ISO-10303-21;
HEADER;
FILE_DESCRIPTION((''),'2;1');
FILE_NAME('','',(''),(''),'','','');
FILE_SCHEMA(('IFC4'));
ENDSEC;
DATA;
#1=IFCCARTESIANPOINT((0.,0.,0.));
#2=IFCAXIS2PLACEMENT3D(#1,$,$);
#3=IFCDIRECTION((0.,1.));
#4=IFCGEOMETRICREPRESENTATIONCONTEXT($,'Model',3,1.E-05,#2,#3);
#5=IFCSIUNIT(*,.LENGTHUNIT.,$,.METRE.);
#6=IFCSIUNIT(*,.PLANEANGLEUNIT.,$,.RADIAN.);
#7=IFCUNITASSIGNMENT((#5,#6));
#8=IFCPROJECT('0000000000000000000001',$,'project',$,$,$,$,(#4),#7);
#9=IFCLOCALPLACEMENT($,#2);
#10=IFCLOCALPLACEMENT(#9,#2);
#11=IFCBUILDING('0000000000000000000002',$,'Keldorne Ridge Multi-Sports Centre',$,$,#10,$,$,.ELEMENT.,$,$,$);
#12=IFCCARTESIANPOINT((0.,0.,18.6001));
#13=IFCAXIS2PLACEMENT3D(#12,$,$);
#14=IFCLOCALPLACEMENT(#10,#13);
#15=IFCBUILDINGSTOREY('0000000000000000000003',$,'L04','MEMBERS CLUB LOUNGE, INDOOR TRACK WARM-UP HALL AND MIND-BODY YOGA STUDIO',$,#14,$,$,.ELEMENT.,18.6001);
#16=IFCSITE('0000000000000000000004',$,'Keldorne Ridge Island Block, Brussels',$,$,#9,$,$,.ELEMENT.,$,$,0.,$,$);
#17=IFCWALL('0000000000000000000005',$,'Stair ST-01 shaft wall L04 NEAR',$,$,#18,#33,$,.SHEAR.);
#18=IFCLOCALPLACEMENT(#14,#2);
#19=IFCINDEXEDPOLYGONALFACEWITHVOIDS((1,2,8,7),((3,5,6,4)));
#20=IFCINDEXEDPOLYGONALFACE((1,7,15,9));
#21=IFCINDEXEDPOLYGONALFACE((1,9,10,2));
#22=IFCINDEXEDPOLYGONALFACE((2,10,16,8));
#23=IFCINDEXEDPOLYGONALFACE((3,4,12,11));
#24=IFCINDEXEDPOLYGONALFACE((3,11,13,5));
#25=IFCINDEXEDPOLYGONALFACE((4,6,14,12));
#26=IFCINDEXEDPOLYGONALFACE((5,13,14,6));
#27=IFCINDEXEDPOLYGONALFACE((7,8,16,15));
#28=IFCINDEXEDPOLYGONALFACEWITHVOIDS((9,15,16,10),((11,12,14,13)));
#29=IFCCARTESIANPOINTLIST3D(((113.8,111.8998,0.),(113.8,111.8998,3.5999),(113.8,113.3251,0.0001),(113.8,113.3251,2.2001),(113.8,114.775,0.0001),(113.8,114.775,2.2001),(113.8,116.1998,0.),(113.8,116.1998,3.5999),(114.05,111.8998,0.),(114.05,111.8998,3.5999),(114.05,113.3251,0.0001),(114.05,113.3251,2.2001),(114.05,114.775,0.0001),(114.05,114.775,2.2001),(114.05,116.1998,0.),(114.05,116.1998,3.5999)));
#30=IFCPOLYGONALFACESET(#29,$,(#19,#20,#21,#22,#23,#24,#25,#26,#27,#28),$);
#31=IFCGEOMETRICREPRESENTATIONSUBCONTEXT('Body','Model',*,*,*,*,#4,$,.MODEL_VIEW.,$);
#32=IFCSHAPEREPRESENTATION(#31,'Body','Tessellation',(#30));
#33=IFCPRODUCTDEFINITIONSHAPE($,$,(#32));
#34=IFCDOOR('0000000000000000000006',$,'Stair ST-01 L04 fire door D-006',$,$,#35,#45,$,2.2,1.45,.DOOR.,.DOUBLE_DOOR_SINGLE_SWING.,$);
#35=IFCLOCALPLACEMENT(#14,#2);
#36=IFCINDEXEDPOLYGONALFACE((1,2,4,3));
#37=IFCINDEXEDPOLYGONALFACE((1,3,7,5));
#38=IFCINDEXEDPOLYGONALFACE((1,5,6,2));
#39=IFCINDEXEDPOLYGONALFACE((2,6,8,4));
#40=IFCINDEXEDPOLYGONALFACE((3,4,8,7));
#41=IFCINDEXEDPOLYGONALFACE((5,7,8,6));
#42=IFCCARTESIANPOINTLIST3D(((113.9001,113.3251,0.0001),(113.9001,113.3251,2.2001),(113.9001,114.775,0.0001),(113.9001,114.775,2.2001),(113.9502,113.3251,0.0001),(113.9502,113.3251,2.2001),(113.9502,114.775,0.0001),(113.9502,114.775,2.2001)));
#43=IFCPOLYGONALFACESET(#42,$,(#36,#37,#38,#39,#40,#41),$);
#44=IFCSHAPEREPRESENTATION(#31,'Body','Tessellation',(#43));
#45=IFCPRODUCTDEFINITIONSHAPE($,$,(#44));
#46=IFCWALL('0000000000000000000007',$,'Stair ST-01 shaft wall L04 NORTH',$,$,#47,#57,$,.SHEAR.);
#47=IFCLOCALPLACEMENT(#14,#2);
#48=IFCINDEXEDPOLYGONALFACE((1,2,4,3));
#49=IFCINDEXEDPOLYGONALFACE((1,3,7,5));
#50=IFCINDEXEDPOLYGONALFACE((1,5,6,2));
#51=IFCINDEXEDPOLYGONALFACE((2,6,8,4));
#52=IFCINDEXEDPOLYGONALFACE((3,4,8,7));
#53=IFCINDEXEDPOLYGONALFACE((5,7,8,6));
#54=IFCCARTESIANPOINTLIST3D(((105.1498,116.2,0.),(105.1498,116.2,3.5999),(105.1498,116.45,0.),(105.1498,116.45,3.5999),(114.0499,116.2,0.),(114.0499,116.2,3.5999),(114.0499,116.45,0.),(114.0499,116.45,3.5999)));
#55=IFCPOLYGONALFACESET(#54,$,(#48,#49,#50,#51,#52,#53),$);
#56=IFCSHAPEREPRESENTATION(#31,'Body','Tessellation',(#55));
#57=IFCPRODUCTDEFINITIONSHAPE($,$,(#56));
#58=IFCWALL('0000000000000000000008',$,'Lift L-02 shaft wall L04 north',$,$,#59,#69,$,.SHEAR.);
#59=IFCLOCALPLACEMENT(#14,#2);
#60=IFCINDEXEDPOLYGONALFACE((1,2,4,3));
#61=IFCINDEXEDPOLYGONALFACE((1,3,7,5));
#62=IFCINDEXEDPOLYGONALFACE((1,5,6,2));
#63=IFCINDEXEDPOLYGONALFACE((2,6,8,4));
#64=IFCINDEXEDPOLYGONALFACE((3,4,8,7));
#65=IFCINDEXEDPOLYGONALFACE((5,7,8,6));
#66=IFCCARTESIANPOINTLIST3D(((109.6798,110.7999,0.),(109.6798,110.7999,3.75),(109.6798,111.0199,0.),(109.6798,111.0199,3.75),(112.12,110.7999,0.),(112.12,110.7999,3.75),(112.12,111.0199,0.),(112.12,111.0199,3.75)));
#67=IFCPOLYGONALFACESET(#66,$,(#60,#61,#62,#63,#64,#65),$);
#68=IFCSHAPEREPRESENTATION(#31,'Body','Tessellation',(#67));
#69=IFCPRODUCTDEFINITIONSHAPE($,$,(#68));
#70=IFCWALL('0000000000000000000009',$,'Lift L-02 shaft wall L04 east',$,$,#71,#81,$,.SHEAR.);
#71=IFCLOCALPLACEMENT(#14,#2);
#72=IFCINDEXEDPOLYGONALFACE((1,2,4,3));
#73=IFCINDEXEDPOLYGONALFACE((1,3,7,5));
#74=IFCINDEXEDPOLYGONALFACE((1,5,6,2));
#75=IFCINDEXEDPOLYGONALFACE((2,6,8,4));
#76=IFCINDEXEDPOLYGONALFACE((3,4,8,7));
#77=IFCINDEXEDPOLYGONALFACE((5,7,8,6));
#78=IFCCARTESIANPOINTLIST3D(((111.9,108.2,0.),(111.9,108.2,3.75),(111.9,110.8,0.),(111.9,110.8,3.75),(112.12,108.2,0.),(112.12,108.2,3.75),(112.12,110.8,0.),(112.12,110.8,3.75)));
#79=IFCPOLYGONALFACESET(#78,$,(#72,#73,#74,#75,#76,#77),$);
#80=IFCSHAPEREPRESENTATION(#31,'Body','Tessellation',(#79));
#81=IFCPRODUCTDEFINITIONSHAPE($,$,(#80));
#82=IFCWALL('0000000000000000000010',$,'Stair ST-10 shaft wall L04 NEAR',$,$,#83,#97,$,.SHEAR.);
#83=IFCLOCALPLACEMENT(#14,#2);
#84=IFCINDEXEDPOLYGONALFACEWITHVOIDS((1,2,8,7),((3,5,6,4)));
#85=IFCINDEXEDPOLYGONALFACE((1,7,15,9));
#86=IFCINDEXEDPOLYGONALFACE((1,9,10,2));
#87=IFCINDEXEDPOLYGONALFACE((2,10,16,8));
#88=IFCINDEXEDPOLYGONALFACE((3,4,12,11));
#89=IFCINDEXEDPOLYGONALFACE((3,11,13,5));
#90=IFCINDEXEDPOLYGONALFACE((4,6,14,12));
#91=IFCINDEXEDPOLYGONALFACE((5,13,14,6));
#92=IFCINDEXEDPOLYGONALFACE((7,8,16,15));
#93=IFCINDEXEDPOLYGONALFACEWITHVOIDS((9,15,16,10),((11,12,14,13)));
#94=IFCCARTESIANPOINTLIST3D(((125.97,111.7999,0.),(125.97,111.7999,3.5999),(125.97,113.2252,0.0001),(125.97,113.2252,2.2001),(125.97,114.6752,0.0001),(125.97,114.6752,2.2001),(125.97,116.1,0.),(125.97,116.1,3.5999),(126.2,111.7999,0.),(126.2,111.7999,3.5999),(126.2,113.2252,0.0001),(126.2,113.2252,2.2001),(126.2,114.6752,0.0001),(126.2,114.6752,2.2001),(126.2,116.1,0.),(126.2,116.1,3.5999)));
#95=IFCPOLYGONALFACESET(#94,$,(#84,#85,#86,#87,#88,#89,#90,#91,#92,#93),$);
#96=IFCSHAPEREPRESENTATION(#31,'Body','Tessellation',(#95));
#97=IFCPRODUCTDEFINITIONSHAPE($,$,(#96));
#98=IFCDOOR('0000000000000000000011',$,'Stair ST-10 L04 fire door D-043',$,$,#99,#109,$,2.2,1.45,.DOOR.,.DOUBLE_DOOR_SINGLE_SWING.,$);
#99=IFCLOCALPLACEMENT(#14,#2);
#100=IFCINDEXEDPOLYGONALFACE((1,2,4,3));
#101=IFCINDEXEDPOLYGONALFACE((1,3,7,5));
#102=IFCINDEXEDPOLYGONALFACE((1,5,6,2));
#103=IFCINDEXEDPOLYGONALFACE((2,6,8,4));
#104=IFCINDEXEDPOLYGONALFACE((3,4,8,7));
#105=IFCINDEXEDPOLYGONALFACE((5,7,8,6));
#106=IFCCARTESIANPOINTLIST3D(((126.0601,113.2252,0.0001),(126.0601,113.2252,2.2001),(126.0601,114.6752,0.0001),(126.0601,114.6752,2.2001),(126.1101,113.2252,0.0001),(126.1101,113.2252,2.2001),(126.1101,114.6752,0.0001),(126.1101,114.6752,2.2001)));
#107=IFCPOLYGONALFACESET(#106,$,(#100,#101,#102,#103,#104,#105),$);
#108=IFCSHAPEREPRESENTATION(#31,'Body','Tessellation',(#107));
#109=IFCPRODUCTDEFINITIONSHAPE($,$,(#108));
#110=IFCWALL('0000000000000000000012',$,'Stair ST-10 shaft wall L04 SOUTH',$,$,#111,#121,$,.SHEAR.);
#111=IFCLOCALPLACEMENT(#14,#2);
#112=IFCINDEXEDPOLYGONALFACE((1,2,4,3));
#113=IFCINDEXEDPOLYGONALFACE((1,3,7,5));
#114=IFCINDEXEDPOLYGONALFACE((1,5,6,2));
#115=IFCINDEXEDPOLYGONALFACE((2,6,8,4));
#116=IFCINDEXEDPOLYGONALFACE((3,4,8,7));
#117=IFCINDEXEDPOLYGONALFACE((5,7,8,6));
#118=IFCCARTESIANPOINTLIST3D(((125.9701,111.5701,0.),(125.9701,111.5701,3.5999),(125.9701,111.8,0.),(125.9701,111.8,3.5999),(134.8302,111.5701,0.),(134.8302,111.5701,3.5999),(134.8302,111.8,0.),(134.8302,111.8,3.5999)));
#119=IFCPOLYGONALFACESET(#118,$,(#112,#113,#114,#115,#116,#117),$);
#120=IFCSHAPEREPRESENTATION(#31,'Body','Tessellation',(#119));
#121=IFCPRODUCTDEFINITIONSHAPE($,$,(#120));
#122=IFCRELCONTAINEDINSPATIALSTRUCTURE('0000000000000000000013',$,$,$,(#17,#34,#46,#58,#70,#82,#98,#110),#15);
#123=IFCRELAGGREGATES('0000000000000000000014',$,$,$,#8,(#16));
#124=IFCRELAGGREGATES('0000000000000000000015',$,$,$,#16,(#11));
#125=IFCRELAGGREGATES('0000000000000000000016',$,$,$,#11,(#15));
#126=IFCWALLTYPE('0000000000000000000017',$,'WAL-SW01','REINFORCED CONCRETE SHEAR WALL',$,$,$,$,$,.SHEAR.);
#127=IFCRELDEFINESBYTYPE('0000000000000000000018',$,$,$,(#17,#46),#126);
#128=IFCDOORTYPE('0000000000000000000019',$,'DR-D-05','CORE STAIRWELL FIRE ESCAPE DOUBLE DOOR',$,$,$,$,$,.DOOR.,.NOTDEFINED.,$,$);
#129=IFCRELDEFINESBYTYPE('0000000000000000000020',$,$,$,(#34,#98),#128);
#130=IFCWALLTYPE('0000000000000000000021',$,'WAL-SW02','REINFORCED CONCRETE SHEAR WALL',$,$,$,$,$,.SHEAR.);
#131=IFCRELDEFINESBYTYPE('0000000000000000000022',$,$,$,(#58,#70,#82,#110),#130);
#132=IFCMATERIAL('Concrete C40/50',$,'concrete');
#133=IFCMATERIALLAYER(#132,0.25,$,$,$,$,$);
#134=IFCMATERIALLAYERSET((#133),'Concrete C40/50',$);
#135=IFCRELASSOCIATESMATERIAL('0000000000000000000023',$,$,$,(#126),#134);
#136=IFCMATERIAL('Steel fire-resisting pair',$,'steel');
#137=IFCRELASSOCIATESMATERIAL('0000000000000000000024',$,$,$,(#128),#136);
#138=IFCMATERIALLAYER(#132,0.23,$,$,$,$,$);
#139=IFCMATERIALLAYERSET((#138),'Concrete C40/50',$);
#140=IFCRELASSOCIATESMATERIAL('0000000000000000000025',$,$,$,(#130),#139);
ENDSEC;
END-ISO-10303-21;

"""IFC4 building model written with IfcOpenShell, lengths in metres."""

from ifc_helpers import new_model, si_unit, direction, frame, frame_2d, origin, place, context, subcontext, project, spatial, rectangle, extrude, material, layer, layer_set, type_object, element, fill, save


model = new_model("IFC4")

# Units and contexts
model_context = context("Model", 3, precision=1e-05, world=origin(), true_north=direction((0.0, 1.0)))
body_context = subcontext(model_context, "Body", "Model", "MODEL_VIEW")
ifc_project = project(units=[si_unit("LENGTHUNIT", "METRE"), si_unit("PLANEANGLEUNIT", "RADIAN")], contexts=[model_context])

# Site, building, storey
site_placement = place(None, origin())
site = spatial("IfcSite", under=ifc_project, at=site_placement, Name="Keldorne Ridge Island Block, Brussels", CompositionType="ELEMENT", RefElevation=0.0)
building_placement = place(site_placement, origin())
building = spatial("IfcBuilding", under=site, at=building_placement, Name="Keldorne Ridge Multi-Sports Centre", CompositionType="ELEMENT")
storey_placement = place(building_placement, frame((0.0, 0.0, 18.6001)))
storey = spatial("IfcBuildingStorey", under=building, at=storey_placement, Name="L04", Description="MEMBERS CLUB LOUNGE, INDOOR TRACK WARM-UP HALL AND MIND-BODY YOGA STUDIO", CompositionType="ELEMENT", Elevation=18.6001)

# Wall, opening, door
ifc_material_1 = material(Name="Concrete C40/50", Category="concrete")
ifc_layer_1 = layer(ifc_material_1, 0.25)
ifc_layer_set_1 = layer_set([ifc_layer_1], Name="Concrete C40/50")
wall_type_1 = type_object("IfcWallType", Name="WAL-SW01", Description="REINFORCED CONCRETE SHEAR WALL", PredefinedType="SHEAR", material=ifc_layer_set_1)
wall_1_placement = place(storey_placement, frame((113.925, 111.8999, 0.0), z_axis=(0.0, 0.0, 1.0), x_axis=(0.0, 1.0, 0.0)))
wall_1 = element("IfcWall", 1, at=wall_1_placement, inside=storey, type_object=wall_type_1, Name="Stair ST-01 shaft wall L04 NEAR", PredefinedType="SHEAR", context=body_context, shape_type="SweptSolid", body=[
    extrude(rectangle(XDim=4.3, YDim=0.25, at=frame_2d((2.1499, 0.0))), origin(), (0.0, 0.0, 1.0), 3.5999),
])
opening_1_placement = place(wall_1_placement, frame((1.425, 0.0, 0.0)))
opening_1 = element("IfcOpeningElement", 2, at=opening_1_placement, cuts=wall_1, PredefinedType="OPENING", context=body_context, shape_type="SweptSolid", body=[
    extrude(rectangle(XDim=1.45, YDim=2.2, at=frame_2d((0.7251, 1.1001))), frame((0.0, 0.135, 0.0), z_axis=(0.0, -1.0, 0.0), x_axis=(1.0, 0.0, 0.0)), (0.0, 0.0, 1.0), 0.27),
])
ifc_material_2 = material(Name="Steel fire-resisting pair", Category="steel")
door_type = type_object("IfcDoorType", Name="DR-D-05", Description="CORE STAIRWELL FIRE ESCAPE DOUBLE DOOR", OperationType="NOTDEFINED", PredefinedType="DOOR", material=ifc_material_2)
door_1_placement = place(opening_1_placement, origin())
door_1 = element("IfcDoor", 3, at=door_1_placement, inside=storey, type_object=door_type, Name="Stair ST-01 L04 fire door D-006", OperationType="DOUBLE_DOOR_SINGLE_SWING", OverallHeight=2.2, OverallWidth=1.45, PredefinedType="DOOR", context=body_context, shape_type="SweptSolid", body=[
    extrude(rectangle(XDim=1.45, YDim=2.2, at=frame_2d((0.7251, 1.1001))), frame((0.0, 0.0249, 0.0), z_axis=(0.0, -1.0, 0.0), x_axis=(1.0, 0.0, 0.0)), (0.0, 0.0, 1.0), 0.05),
])
fill(opening_1, door_1)

# Walls
wall_2_placement = place(storey_placement, frame((114.05, 116.325, 0.0), z_axis=(0.0, 0.0, 1.0), x_axis=(-1.0, 0.0, 0.0)))
element("IfcWall", 4, at=wall_2_placement, inside=storey, type_object=wall_type_1, Name="Stair ST-01 shaft wall L04 NORTH", PredefinedType="SHEAR", context=body_context, shape_type="SweptSolid", body=[
    extrude(rectangle(XDim=8.9001, YDim=0.25, at=frame_2d((4.4502, 0.0))), origin(), (0.0, 0.0, 1.0), 3.5999),
])
ifc_layer_2 = layer(ifc_material_1, 0.23)
ifc_layer_set_2 = layer_set([ifc_layer_2], Name="Concrete C40/50")
wall_type_2 = type_object("IfcWallType", Name="WAL-SW02", Description="REINFORCED CONCRETE SHEAR WALL", PredefinedType="SHEAR", material=ifc_layer_set_2)
wall_3_placement = place(storey_placement, frame((112.1201, 110.9099, 0.0), z_axis=(0.0, 0.0, 1.0), x_axis=(-1.0, 0.0, 0.0)))
element("IfcWall", 5, at=wall_3_placement, inside=storey, type_object=wall_type_2, Name="Lift L-02 shaft wall L04 north", PredefinedType="SHEAR", context=body_context, shape_type="SweptSolid", body=[
    extrude(rectangle(XDim=2.4402, YDim=0.22, at=frame_2d((1.2202, 0.0))), origin(), (0.0, 0.0, 1.0), 3.75),
])
wall_4_placement = place(storey_placement, frame((112.01, 108.2, 0.0), z_axis=(0.0, 0.0, 1.0), x_axis=(0.0, 1.0, 0.0)))
element("IfcWall", 6, at=wall_4_placement, inside=storey, type_object=wall_type_2, Name="Lift L-02 shaft wall L04 east", PredefinedType="SHEAR", context=body_context, shape_type="SweptSolid", body=[
    extrude(rectangle(XDim=2.6001, YDim=0.22, at=frame_2d((1.3, 0.0))), origin(), (0.0, 0.0, 1.0), 3.75),
])

# Wall, opening, door
wall_5_placement = place(storey_placement, frame((126.085, 111.8, 0.0), z_axis=(0.0, 0.0, 1.0), x_axis=(0.0, 1.0, 0.0)))
wall_5 = element("IfcWall", 7, at=wall_5_placement, inside=storey, type_object=wall_type_2, Name="Stair ST-10 shaft wall L04 NEAR", PredefinedType="SHEAR", context=body_context, shape_type="SweptSolid", body=[
    extrude(rectangle(XDim=4.3, YDim=0.23, at=frame_2d((2.1499, 0.0))), origin(), (0.0, 0.0, 1.0), 3.5999),
])
opening_2_placement = place(wall_5_placement, frame((1.425, 0.0, 0.0)))
opening_2 = element("IfcOpeningElement", 8, at=opening_2_placement, cuts=wall_5, PredefinedType="OPENING", context=body_context, shape_type="SweptSolid", body=[
    extrude(rectangle(XDim=1.45, YDim=2.2, at=frame_2d((0.7251, 1.1001))), frame((0.0, 0.125, 0.0), z_axis=(0.0, -1.0, 0.0), x_axis=(1.0, 0.0, 0.0)), (0.0, 0.0, 1.0), 0.25),
])
door_2_placement = place(opening_2_placement, origin())
door_2 = element("IfcDoor", 9, at=door_2_placement, inside=storey, type_object=door_type, Name="Stair ST-10 L04 fire door D-043", OperationType="DOUBLE_DOOR_SINGLE_SWING", OverallHeight=2.2, OverallWidth=1.45, PredefinedType="DOOR", context=body_context, shape_type="SweptSolid", body=[
    extrude(rectangle(XDim=1.45, YDim=2.2, at=frame_2d((0.7251, 1.1001))), frame((0.0, 0.0249, 0.0), z_axis=(0.0, -1.0, 0.0), x_axis=(1.0, 0.0, 0.0)), (0.0, 0.0, 1.0), 0.05),
])
fill(opening_2, door_2)

# Wall
wall_6_placement = place(storey_placement, frame((125.97, 111.6851, 0.0), z_axis=(0.0, 0.0, 1.0), x_axis=(1.0, 0.0, 0.0)))
element("IfcWall", 10, at=wall_6_placement, inside=storey, type_object=wall_type_2, Name="Stair ST-10 shaft wall L04 SOUTH", PredefinedType="SHEAR", context=body_context, shape_type="SweptSolid", body=[
    extrude(rectangle(XDim=8.8601, YDim=0.23, at=frame_2d((4.4302, 0.0))), origin(), (0.0, 0.0, 1.0), 3.5999),
])

save(model, "model.ifc")
